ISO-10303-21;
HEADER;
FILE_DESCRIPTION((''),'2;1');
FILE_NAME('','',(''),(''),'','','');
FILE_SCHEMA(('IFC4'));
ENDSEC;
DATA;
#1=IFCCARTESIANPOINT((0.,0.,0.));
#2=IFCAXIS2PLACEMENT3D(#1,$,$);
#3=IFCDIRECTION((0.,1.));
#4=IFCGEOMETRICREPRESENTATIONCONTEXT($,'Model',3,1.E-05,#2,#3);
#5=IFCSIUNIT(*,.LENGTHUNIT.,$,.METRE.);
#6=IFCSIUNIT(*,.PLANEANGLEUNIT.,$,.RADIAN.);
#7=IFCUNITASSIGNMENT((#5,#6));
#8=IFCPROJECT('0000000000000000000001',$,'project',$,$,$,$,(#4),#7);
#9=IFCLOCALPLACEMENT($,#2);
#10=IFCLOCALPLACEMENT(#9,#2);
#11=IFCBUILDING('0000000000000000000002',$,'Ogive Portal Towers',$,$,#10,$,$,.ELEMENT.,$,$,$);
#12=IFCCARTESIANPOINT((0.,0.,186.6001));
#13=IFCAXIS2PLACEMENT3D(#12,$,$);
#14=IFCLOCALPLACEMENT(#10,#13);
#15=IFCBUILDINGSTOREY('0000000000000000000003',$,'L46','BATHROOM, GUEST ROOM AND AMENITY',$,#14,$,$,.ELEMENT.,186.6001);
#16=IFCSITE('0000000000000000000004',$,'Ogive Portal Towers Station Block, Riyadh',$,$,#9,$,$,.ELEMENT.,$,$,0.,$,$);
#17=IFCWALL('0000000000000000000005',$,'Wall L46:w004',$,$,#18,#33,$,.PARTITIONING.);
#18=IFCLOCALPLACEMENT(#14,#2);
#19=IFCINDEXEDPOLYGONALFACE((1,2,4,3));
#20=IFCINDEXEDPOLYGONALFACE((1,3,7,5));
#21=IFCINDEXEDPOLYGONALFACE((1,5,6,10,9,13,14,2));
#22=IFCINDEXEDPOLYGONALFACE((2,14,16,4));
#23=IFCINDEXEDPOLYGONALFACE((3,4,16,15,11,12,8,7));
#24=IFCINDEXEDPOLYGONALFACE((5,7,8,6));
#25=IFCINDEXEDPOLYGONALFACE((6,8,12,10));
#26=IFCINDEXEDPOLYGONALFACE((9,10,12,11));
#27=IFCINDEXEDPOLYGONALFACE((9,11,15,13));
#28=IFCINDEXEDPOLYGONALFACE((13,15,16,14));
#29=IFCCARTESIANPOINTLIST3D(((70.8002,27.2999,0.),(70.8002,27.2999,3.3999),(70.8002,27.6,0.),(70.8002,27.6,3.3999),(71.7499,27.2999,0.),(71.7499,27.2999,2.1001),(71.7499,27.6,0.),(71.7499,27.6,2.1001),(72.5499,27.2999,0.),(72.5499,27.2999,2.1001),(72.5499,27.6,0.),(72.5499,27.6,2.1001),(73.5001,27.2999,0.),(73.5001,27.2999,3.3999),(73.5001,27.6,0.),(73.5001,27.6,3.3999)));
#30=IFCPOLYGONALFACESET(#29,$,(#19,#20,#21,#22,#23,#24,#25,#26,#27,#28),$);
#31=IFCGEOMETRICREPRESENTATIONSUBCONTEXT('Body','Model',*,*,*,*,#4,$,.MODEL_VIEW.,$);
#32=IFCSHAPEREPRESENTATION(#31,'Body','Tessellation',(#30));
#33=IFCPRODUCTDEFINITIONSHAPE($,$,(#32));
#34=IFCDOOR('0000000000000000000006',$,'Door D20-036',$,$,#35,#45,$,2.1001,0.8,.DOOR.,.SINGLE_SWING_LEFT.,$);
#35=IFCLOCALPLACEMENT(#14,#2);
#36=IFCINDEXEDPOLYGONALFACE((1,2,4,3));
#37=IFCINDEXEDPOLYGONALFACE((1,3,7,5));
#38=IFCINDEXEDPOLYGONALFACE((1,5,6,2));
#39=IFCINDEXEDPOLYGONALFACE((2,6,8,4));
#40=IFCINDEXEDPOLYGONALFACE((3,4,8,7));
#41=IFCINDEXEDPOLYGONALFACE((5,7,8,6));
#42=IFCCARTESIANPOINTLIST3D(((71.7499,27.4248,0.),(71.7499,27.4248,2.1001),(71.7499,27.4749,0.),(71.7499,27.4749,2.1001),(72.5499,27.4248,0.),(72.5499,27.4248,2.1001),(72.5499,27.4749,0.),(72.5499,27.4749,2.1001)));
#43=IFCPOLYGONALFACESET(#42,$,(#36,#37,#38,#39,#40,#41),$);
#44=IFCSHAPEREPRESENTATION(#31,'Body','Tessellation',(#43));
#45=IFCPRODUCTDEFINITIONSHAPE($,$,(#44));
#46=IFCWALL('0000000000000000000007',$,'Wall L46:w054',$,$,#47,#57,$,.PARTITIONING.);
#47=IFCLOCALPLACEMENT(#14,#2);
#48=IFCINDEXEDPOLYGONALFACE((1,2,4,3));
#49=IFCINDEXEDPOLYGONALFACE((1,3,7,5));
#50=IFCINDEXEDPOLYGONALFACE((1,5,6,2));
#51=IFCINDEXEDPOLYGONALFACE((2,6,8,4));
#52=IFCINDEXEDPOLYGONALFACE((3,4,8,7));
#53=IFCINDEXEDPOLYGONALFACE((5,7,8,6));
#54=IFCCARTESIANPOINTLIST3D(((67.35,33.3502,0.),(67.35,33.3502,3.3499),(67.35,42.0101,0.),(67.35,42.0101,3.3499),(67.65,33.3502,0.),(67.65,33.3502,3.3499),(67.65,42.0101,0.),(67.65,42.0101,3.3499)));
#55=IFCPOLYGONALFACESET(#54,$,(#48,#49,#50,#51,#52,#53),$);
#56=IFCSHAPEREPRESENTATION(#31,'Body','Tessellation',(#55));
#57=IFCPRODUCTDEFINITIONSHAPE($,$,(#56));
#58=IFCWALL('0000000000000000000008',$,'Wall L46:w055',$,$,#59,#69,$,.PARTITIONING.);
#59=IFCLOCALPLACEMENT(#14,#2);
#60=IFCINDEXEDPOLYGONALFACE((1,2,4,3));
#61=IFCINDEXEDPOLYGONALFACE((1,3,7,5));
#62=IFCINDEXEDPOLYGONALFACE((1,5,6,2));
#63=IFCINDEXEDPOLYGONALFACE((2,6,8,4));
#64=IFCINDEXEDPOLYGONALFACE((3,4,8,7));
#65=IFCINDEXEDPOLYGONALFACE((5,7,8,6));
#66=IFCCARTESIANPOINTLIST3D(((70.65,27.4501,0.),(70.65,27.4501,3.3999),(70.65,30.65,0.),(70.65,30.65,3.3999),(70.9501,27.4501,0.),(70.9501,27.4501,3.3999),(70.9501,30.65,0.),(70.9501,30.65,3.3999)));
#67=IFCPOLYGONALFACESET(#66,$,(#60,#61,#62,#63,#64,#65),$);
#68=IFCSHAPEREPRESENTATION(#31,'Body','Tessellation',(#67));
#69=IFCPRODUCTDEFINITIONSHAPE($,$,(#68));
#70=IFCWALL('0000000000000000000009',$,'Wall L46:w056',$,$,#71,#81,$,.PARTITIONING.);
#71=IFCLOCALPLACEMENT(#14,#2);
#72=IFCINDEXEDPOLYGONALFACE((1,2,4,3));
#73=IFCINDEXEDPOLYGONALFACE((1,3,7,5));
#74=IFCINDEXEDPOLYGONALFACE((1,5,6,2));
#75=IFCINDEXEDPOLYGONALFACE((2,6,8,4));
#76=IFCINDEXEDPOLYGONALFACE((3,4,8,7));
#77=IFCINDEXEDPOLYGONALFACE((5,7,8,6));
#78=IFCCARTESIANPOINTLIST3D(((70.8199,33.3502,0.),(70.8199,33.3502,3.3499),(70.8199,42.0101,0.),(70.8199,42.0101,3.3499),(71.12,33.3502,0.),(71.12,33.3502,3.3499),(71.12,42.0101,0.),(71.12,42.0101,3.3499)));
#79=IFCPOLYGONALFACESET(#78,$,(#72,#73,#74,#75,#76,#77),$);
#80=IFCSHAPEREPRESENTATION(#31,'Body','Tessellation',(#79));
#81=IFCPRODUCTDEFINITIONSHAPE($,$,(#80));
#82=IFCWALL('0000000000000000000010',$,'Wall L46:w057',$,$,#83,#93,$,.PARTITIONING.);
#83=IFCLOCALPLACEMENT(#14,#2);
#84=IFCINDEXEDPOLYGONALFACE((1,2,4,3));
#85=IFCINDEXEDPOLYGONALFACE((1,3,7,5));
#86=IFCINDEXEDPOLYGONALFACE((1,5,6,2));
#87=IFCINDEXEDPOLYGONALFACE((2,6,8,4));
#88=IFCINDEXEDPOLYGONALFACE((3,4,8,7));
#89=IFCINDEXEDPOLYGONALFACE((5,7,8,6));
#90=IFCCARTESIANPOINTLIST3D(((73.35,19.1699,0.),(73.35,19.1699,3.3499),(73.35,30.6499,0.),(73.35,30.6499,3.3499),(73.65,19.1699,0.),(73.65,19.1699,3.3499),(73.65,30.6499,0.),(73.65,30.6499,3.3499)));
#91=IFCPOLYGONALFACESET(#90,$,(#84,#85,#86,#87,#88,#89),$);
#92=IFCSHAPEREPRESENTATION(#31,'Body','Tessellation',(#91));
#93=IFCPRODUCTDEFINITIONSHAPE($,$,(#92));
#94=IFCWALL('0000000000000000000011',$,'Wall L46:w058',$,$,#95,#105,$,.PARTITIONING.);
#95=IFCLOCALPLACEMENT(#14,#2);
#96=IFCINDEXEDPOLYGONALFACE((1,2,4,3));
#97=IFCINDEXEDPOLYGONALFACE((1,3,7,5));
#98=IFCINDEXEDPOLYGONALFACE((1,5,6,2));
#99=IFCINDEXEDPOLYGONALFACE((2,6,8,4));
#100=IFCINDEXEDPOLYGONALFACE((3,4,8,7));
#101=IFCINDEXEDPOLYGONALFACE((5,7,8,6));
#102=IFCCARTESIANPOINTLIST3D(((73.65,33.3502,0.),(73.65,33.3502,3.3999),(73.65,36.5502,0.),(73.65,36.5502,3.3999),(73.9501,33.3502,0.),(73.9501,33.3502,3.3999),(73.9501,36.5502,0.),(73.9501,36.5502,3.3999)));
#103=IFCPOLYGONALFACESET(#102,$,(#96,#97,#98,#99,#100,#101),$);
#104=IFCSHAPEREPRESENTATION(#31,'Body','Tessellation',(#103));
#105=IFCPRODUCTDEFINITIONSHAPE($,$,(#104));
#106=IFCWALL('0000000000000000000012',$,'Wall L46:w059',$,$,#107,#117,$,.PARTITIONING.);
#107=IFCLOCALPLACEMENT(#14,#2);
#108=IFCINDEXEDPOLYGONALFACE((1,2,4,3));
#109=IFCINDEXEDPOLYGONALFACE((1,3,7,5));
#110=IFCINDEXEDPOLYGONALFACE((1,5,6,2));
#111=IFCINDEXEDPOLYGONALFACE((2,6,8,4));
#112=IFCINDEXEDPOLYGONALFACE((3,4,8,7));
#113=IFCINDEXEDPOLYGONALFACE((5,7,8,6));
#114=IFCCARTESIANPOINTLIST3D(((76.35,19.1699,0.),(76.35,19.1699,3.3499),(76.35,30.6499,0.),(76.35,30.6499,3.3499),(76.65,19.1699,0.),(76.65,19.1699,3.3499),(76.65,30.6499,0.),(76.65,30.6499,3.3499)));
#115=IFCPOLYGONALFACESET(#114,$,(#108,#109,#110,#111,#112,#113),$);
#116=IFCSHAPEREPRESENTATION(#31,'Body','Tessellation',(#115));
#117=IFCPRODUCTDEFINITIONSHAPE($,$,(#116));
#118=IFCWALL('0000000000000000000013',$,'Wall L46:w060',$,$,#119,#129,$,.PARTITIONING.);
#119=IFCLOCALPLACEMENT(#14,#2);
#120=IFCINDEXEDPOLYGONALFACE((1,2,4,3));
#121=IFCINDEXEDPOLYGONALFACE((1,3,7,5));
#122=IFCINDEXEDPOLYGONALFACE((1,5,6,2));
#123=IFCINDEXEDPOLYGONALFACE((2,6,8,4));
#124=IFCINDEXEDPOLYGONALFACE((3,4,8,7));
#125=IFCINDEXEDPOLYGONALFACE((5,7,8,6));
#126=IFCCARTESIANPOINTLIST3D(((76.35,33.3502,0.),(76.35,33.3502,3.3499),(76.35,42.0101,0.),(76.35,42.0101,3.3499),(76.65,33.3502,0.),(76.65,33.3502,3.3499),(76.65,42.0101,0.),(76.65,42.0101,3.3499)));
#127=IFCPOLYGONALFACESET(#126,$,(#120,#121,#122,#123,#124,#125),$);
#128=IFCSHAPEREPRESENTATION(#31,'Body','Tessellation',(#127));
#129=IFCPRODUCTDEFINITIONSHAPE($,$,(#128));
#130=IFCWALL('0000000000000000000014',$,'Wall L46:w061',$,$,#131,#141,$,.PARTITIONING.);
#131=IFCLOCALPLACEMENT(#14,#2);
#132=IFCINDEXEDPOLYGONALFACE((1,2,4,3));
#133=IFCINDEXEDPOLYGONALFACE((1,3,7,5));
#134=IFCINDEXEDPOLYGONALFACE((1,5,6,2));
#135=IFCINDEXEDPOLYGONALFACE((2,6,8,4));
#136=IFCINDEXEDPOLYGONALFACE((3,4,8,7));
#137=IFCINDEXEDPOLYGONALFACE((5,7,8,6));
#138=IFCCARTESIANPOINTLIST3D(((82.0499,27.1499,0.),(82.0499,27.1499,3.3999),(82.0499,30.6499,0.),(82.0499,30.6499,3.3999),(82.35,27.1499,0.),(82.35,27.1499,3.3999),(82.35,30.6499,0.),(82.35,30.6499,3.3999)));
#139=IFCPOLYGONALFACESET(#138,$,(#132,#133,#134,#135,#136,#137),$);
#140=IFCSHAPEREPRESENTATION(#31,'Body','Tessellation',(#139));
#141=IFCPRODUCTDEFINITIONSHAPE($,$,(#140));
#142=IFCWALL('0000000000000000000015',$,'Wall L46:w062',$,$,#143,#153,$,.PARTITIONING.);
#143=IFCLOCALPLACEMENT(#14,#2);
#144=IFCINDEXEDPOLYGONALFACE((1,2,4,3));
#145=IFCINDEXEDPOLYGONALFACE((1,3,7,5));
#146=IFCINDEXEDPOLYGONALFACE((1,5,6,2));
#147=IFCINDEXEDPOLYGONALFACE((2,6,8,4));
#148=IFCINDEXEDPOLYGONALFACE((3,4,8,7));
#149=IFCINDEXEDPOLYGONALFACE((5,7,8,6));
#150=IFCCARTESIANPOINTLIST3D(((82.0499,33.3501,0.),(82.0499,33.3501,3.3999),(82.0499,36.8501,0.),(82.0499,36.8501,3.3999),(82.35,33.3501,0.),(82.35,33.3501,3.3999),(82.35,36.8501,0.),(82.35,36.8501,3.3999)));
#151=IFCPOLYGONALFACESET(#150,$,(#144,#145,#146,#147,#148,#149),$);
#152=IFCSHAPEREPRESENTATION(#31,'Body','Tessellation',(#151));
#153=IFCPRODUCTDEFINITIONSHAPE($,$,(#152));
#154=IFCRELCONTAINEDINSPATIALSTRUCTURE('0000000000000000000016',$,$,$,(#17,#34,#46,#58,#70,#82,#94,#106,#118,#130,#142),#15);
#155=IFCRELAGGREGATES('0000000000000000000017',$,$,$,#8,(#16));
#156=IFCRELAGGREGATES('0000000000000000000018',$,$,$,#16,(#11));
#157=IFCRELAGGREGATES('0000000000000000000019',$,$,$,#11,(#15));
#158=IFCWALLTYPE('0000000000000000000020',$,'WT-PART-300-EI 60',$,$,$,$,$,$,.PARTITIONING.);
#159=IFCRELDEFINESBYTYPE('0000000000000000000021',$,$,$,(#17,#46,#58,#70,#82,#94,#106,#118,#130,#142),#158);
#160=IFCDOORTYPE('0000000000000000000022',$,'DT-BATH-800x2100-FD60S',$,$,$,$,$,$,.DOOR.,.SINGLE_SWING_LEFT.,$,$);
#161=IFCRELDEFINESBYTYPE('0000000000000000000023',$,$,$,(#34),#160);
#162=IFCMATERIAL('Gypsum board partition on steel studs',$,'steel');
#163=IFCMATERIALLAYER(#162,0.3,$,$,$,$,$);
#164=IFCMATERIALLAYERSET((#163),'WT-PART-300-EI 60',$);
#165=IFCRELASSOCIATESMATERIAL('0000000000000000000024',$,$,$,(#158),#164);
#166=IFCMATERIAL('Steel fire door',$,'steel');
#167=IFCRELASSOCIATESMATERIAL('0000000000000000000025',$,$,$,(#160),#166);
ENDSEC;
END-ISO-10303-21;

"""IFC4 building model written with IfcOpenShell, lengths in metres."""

from ifc_helpers import new_model, si_unit, direction, frame, frame_2d, origin, place, context, subcontext, project, spatial, rectangle, extrude, material, layer, layer_set, type_object, element, fill, save


model = new_model("IFC4")

# Units and contexts
model_context = context("Model", 3, precision=1e-05, world=origin(), true_north=direction((0.0, 1.0)))
body_context = subcontext(model_context, "Body", "Model", "MODEL_VIEW")
ifc_project = project(units=[si_unit("LENGTHUNIT", "METRE"), si_unit("PLANEANGLEUNIT", "RADIAN")], contexts=[model_context])

# Site, building, storey
site_placement = place(None, origin())
site = spatial("IfcSite", under=ifc_project, at=site_placement, Name="Ogive Portal Towers Station Block, Riyadh", CompositionType="ELEMENT", RefElevation=0.0)
building_placement = place(site_placement, origin())
building = spatial("IfcBuilding", under=site, at=building_placement, Name="Ogive Portal Towers", CompositionType="ELEMENT")
storey_placement = place(building_placement, frame((0.0, 0.0, 186.6001)))
storey = spatial("IfcBuildingStorey", under=building, at=storey_placement, Name="L46", Description="BATHROOM, GUEST ROOM AND AMENITY", CompositionType="ELEMENT", Elevation=186.6001)

# Shared definitions
ifc_material_1 = material(Name="Steel fire door", Category="steel")

# Wall, opening, door
ifc_material_2 = material(Name="Gypsum board partition on steel studs", Category="steel")
ifc_layer_1 = layer(ifc_material_2, 0.3)
ifc_layer_set_1 = layer_set([ifc_layer_1], Name="WT-PART-300-EI 60")
wall_type_1 = type_object("IfcWallType", Name="WT-PART-300-EI 60", PredefinedType="PARTITIONING", material=ifc_layer_set_1)
door_type_1 = type_object("IfcDoorType", Name="DT-BATH-800x2100-FD60S", OperationType="SINGLE_SWING_LEFT", PredefinedType="DOOR", material=ifc_material_1)
wall_1_placement = place(storey_placement, frame((70.8, 27.45, 0.0), z_axis=(0.0, 0.0, 1.0), x_axis=(1.0, 0.0, 0.0)))
wall_1 = element("IfcWall", 1, at=wall_1_placement, inside=storey, type_object=wall_type_1, Name="Wall L46:w004", PredefinedType="PARTITIONING", context=body_context, shape_type="SweptSolid", body=[
    extrude(rectangle(XDim=2.7, YDim=0.3, at=frame_2d((1.3501, 0.0))), origin(), (0.0, 0.0, 1.0), 3.3999),
])
opening_1_placement = place(wall_1_placement, frame((0.95, 0.0, 0.0)))
opening_1 = element("IfcOpeningElement", 2, at=opening_1_placement, cuts=wall_1, PredefinedType="OPENING", context=body_context, shape_type="SweptSolid", body=[
    extrude(rectangle(XDim=0.8, YDim=2.1001, at=frame_2d((0.3999, 1.05))), frame((0.0, 0.1602, 0.0), z_axis=(0.0, -1.0, 0.0), x_axis=(1.0, 0.0, 0.0)), (0.0, 0.0, 1.0), 0.3201),
])
door_1_placement = place(opening_1_placement, origin())
door_1 = element("IfcDoor", 3, at=door_1_placement, inside=storey, type_object=door_type_1, Name="Door D20-036", OperationType="SINGLE_SWING_LEFT", OverallHeight=2.1001, OverallWidth=0.8, PredefinedType="DOOR", context=body_context, shape_type="SweptSolid", body=[
    extrude(rectangle(XDim=0.8, YDim=2.1001, at=frame_2d((0.3999, 1.05))), frame((0.0, 0.0249, 0.0), z_axis=(0.0, -1.0, 0.0), x_axis=(1.0, 0.0, 0.0)), (0.0, 0.0, 1.0), 0.05),
])
fill(opening_1, door_1)

# Walls
wall_2_placement = place(storey_placement, frame((67.5, 33.3501, 0.0), z_axis=(0.0, 0.0, 1.0), x_axis=(0.0, 1.0, 0.0)))
element("IfcWall", 4, at=wall_2_placement, inside=storey, type_object=wall_type_1, Name="Wall L46:w054", PredefinedType="PARTITIONING", context=body_context, shape_type="SweptSolid", body=[
    extrude(rectangle(XDim=8.6599, YDim=0.3, at=frame_2d((4.3301, 0.0))), origin(), (0.0, 0.0, 1.0), 3.3499),
])
wall_3_placement = place(storey_placement, frame((70.8, 27.45, 0.0), z_axis=(0.0, 0.0, 1.0), x_axis=(0.0, 1.0, 0.0)))
element("IfcWall", 5, at=wall_3_placement, inside=storey, type_object=wall_type_1, Name="Wall L46:w055", PredefinedType="PARTITIONING", context=body_context, shape_type="SweptSolid", body=[
    extrude(rectangle(XDim=3.2, YDim=0.3, at=frame_2d((1.6001, 0.0))), origin(), (0.0, 0.0, 1.0), 3.3999),
])
wall_4_placement = place(storey_placement, frame((70.97, 33.3501, 0.0), z_axis=(0.0, 0.0, 1.0), x_axis=(0.0, 1.0, 0.0)))
element("IfcWall", 6, at=wall_4_placement, inside=storey, type_object=wall_type_1, Name="Wall L46:w056", PredefinedType="PARTITIONING", context=body_context, shape_type="SweptSolid", body=[
    extrude(rectangle(XDim=8.6599, YDim=0.3, at=frame_2d((4.3301, 0.0))), origin(), (0.0, 0.0, 1.0), 3.3499),
])
wall_5_placement = place(storey_placement, frame((73.5, 19.1699, 0.0), z_axis=(0.0, 0.0, 1.0), x_axis=(0.0, 1.0, 0.0)))
element("IfcWall", 7, at=wall_5_placement, inside=storey, type_object=wall_type_1, Name="Wall L46:w057", PredefinedType="PARTITIONING", context=body_context, shape_type="SweptSolid", body=[
    extrude(rectangle(XDim=11.48, YDim=0.3, at=frame_2d((5.74, 0.0))), origin(), (0.0, 0.0, 1.0), 3.3499),
])
wall_6_placement = place(storey_placement, frame((73.8, 33.3501, 0.0), z_axis=(0.0, 0.0, 1.0), x_axis=(0.0, 1.0, 0.0)))
element("IfcWall", 8, at=wall_6_placement, inside=storey, type_object=wall_type_1, Name="Wall L46:w058", PredefinedType="PARTITIONING", context=body_context, shape_type="SweptSolid", body=[
    extrude(rectangle(XDim=3.2, YDim=0.3, at=frame_2d((1.6001, 0.0))), origin(), (0.0, 0.0, 1.0), 3.3999),
])
wall_7_placement = place(storey_placement, frame((76.5, 19.1699, 0.0), z_axis=(0.0, 0.0, 1.0), x_axis=(0.0, 1.0, 0.0)))
element("IfcWall", 9, at=wall_7_placement, inside=storey, type_object=wall_type_1, Name="Wall L46:w059", PredefinedType="PARTITIONING", context=body_context, shape_type="SweptSolid", body=[
    extrude(rectangle(XDim=11.48, YDim=0.3, at=frame_2d((5.74, 0.0))), origin(), (0.0, 0.0, 1.0), 3.3499),
])
wall_8_placement = place(storey_placement, frame((76.5, 33.3501, 0.0), z_axis=(0.0, 0.0, 1.0), x_axis=(0.0, 1.0, 0.0)))
element("IfcWall", 10, at=wall_8_placement, inside=storey, type_object=wall_type_1, Name="Wall L46:w060", PredefinedType="PARTITIONING", context=body_context, shape_type="SweptSolid", body=[
    extrude(rectangle(XDim=8.6599, YDim=0.3, at=frame_2d((4.3301, 0.0))), origin(), (0.0, 0.0, 1.0), 3.3499),
])
for number, where, z_axis, x_axis, name in (
    (11, (82.2, 27.1499, 0.0), (0.0, 0.0, 1.0), (0.0, 1.0, 0.0), "Wall L46:w061"),
    (12, (82.2, 33.3501, 0.0), (0.0, 0.0, 1.0), (0.0, 1.0, 0.0), "Wall L46:w062"),
):
    element("IfcWall", number, at=place(storey_placement, frame(where, z_axis=z_axis, x_axis=x_axis)), inside=storey, type_object=wall_type_1, Name=name, PredefinedType="PARTITIONING", context=body_context, shape_type="SweptSolid", body=[
        extrude(rectangle(XDim=3.5, YDim=0.3, at=frame_2d((1.75, 0.0))), origin(), (0.0, 0.0, 1.0), 3.3999),
    ])

save(model, "model.ifc")
